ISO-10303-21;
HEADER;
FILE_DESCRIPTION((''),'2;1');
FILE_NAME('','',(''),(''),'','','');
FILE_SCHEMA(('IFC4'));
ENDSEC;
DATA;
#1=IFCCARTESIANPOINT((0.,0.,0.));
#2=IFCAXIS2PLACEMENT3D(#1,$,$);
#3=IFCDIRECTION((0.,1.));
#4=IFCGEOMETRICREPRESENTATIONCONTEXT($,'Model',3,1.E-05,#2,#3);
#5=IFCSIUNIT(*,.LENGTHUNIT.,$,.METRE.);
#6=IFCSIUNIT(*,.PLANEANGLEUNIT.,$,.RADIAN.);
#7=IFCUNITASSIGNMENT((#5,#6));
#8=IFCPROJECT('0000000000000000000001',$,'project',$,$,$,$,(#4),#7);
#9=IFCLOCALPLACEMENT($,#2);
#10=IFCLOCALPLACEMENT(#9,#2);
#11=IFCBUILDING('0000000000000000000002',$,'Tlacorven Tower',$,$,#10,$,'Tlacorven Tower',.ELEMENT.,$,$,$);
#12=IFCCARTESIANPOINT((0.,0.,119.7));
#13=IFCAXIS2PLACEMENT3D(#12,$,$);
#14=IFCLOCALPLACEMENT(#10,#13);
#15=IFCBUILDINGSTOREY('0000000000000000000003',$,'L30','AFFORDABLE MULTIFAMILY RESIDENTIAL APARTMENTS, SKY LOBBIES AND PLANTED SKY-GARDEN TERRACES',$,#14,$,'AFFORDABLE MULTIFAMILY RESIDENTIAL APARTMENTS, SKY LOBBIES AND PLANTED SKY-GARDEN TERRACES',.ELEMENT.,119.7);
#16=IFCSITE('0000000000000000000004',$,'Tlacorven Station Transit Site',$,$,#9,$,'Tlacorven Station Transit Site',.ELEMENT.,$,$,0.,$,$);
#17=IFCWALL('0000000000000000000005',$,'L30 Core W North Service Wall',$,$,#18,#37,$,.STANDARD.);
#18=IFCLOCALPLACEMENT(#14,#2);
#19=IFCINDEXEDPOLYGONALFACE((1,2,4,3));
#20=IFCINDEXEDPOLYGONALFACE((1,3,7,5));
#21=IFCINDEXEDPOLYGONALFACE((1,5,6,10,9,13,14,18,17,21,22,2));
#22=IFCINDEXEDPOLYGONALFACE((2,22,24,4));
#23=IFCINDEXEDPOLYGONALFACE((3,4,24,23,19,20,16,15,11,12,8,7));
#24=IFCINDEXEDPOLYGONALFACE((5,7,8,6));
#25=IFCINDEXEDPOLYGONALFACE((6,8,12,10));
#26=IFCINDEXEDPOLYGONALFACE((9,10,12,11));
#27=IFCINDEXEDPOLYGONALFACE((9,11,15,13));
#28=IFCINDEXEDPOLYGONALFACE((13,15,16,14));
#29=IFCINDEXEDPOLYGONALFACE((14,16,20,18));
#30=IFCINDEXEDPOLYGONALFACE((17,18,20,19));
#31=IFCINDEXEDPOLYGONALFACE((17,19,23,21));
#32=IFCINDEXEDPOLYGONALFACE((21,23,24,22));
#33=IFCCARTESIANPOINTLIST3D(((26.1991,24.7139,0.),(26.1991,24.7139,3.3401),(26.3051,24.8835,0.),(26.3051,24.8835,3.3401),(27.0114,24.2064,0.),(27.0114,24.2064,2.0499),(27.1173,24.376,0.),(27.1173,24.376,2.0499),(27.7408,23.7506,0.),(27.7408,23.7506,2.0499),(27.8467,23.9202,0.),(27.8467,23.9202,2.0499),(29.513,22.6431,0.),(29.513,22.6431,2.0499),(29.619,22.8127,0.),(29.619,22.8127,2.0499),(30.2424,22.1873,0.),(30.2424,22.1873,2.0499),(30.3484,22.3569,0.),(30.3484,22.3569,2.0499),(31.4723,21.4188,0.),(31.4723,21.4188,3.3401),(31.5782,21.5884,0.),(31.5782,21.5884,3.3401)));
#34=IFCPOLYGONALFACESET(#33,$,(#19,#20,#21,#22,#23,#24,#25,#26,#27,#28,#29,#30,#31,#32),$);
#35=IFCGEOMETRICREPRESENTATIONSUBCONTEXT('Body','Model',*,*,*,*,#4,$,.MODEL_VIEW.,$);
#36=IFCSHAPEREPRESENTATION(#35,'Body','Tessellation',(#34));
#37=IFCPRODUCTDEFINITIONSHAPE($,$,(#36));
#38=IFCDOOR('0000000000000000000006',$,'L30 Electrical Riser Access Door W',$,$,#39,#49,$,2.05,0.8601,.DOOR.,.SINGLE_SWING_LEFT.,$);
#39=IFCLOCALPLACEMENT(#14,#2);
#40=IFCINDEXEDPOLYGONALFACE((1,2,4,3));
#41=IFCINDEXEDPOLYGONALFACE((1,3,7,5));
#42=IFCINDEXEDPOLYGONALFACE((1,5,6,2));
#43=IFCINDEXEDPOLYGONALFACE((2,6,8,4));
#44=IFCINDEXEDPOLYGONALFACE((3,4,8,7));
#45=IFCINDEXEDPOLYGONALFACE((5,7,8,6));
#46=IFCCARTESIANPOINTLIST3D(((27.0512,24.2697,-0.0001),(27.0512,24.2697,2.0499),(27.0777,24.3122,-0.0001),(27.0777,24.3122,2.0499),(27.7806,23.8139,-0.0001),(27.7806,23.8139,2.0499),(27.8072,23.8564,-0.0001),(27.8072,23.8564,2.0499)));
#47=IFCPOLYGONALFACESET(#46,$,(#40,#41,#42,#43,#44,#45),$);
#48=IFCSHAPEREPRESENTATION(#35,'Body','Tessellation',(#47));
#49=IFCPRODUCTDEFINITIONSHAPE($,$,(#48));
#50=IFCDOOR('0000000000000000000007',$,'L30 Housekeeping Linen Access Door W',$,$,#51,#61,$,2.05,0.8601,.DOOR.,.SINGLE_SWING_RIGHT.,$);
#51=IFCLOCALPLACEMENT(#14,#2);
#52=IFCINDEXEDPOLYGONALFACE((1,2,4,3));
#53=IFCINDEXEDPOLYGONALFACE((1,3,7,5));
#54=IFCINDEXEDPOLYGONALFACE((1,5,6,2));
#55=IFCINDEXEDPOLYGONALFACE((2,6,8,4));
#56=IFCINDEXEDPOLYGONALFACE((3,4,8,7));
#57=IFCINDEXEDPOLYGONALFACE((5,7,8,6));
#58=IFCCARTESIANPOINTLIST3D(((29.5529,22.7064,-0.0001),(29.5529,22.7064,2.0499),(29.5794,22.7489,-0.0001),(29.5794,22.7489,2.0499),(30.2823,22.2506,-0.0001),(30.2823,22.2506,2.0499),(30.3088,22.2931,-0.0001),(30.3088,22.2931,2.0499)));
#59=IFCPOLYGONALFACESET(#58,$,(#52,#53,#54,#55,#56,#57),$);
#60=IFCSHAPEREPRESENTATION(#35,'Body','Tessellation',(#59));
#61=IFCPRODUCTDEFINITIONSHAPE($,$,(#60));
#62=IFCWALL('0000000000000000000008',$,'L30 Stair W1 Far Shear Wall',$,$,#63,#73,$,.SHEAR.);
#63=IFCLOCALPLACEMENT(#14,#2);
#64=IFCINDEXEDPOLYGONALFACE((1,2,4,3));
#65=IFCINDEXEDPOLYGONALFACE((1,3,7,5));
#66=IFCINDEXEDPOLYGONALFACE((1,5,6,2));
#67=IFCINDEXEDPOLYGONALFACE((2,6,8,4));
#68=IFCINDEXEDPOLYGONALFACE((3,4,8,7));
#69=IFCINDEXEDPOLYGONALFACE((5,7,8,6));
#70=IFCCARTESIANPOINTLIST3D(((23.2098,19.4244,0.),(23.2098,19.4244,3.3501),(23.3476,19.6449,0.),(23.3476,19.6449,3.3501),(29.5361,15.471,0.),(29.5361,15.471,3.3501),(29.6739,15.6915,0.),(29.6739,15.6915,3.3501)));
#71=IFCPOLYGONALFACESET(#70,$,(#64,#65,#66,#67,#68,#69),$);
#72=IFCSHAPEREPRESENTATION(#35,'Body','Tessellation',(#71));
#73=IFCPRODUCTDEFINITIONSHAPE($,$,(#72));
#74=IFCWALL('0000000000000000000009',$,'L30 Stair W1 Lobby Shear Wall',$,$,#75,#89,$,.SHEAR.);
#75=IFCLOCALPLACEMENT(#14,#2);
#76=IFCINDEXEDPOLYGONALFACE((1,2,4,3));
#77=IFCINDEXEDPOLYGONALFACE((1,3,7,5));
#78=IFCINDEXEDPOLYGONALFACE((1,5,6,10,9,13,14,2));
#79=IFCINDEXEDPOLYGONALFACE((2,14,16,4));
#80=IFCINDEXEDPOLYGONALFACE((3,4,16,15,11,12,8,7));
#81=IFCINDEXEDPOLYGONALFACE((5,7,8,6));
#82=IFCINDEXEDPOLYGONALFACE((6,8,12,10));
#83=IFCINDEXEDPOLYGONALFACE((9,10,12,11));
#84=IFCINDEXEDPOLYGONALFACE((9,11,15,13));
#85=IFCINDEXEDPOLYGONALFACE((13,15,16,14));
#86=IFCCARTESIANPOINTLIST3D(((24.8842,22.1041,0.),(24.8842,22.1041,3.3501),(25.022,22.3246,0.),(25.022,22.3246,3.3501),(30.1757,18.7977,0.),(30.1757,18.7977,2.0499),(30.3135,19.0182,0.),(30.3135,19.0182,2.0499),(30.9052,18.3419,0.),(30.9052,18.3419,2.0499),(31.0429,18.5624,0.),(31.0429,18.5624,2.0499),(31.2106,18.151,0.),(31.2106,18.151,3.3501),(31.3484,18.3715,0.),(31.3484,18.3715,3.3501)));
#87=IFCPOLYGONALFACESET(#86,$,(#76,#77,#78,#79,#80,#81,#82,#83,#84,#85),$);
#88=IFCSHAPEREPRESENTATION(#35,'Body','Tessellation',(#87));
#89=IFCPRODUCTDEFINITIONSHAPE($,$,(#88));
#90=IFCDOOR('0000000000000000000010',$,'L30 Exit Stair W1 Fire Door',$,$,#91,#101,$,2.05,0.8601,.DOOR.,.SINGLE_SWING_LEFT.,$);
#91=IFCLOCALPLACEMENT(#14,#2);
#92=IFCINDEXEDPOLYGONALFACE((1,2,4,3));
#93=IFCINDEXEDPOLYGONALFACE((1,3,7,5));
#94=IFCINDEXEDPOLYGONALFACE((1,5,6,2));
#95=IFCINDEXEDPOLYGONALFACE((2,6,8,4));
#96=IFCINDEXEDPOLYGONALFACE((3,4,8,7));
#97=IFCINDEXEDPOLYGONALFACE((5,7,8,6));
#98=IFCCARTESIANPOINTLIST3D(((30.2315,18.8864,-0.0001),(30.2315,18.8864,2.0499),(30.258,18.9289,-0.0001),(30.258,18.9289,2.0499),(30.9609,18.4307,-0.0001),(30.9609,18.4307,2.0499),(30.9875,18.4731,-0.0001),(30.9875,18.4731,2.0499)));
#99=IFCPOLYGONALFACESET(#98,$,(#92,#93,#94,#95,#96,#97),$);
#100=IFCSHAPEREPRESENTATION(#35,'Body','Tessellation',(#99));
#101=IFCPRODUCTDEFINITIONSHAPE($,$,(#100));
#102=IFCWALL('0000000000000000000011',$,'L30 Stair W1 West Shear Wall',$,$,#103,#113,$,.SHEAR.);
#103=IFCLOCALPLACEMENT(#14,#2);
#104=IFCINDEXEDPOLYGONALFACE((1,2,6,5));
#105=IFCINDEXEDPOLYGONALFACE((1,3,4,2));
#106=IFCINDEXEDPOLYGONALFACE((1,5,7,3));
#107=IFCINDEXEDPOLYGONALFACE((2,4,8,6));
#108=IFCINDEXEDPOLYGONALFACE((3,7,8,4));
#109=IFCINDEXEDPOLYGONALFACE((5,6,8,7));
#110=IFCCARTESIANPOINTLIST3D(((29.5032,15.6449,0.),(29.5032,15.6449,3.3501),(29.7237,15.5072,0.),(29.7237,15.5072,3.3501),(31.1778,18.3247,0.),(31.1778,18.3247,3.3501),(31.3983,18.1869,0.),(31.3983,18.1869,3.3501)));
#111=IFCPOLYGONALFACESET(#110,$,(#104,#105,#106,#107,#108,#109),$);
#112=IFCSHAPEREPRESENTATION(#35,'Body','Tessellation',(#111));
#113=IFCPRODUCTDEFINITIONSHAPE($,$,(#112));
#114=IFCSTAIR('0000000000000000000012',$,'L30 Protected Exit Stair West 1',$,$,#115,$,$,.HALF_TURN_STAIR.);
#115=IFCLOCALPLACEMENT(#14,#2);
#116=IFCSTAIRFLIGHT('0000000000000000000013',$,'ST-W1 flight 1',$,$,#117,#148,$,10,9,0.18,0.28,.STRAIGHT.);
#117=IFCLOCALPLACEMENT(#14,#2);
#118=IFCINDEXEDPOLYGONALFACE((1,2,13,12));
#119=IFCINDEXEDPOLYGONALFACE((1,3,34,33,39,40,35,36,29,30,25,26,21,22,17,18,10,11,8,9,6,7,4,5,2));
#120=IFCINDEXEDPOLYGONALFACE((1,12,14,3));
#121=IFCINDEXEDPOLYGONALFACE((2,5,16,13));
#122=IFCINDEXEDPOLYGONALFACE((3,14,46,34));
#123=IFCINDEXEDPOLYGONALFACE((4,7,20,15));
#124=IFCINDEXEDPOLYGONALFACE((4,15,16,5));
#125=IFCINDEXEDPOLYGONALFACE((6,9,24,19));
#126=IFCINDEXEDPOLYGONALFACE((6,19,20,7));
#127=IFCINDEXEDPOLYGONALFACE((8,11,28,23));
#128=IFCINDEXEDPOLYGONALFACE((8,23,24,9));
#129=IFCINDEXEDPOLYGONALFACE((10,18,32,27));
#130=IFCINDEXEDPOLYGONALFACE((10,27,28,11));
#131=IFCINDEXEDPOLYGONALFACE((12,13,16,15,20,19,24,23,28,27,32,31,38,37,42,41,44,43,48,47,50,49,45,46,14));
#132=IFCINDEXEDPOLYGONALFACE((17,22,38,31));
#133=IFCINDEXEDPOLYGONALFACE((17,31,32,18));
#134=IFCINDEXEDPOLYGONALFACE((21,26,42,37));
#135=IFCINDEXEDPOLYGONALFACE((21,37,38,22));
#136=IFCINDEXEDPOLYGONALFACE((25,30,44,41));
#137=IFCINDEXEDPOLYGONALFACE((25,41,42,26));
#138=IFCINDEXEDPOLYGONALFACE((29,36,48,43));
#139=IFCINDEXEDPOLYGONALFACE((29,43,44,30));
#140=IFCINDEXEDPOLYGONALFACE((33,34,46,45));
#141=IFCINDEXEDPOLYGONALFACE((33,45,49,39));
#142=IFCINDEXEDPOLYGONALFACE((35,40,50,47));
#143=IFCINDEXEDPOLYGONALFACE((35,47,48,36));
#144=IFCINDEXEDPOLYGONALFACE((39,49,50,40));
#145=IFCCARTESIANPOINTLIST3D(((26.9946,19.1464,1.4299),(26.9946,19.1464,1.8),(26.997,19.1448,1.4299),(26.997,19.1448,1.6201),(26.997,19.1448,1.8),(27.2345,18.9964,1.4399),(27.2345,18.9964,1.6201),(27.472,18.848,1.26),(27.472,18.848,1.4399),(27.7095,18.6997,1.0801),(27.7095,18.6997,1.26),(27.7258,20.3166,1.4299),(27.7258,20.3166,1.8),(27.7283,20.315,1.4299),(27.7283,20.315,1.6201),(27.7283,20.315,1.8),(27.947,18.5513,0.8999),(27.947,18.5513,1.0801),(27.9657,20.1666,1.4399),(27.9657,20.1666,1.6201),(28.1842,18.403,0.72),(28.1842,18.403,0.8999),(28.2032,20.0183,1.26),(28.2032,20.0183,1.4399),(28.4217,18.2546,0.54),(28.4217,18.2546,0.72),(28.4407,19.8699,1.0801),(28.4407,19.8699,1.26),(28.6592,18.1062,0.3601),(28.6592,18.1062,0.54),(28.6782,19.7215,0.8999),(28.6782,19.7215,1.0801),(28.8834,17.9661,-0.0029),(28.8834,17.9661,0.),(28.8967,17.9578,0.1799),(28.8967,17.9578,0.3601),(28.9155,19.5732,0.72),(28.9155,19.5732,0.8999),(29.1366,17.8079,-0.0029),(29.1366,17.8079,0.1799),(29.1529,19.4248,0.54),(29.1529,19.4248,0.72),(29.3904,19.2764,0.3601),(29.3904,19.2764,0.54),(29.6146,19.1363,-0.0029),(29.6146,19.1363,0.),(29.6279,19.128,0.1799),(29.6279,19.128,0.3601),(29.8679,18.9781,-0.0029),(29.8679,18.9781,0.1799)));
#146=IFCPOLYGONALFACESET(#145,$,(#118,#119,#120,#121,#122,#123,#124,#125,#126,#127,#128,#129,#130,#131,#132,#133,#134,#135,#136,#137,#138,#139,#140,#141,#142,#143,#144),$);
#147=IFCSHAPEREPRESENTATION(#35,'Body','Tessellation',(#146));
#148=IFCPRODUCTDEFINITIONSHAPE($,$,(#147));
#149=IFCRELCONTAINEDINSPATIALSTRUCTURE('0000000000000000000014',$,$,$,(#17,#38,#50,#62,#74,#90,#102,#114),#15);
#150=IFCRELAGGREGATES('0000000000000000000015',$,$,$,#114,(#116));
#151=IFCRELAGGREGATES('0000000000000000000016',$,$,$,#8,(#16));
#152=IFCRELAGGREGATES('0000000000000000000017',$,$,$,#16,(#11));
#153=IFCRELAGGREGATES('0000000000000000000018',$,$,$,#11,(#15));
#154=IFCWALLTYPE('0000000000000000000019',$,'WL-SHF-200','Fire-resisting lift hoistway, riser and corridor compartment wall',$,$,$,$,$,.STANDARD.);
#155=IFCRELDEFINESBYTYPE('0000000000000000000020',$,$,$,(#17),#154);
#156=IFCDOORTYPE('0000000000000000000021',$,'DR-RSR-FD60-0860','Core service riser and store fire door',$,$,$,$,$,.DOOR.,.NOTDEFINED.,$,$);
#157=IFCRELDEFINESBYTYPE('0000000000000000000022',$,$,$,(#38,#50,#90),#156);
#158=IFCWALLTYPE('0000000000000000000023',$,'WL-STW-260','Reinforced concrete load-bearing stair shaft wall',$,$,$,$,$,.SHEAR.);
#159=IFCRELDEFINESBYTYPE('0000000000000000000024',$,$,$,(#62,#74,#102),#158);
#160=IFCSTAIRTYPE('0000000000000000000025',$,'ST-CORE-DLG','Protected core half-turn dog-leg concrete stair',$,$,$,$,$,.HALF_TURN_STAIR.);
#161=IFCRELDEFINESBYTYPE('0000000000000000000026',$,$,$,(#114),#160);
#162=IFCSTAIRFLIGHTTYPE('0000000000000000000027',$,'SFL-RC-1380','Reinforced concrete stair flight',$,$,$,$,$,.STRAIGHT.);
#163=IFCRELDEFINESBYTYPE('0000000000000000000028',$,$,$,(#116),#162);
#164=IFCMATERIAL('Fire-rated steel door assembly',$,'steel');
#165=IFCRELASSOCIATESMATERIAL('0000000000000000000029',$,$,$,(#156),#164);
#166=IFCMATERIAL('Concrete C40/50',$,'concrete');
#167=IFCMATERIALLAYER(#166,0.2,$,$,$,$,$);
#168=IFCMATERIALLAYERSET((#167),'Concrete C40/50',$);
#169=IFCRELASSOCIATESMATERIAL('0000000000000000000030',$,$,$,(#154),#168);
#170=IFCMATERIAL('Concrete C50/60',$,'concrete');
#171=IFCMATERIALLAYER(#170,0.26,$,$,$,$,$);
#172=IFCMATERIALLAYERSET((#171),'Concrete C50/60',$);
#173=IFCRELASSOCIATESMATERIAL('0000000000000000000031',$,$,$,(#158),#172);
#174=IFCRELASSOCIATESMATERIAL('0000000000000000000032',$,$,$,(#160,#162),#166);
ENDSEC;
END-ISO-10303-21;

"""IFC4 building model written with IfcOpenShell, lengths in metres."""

from ifc_helpers import new_model, si_unit, direction, frame, frame_2d, origin, place, context, subcontext, project, spatial, polyline, rectangle, outline, extrude, source, transform, mapped, material, layer, layer_set, type_object, element, fill, aggregate, save


model = new_model("IFC4")

# Units and contexts
model_context = context("Model", 3, precision=1e-05, world=origin(), true_north=direction((0.0, 1.0)))
body_context = subcontext(model_context, "Body", "Model", "MODEL_VIEW")
ifc_project = project(units=[si_unit("LENGTHUNIT", "METRE"), si_unit("PLANEANGLEUNIT", "RADIAN")], contexts=[model_context])

# Site, building, storey
site_placement = place(None, origin())
site = spatial("IfcSite", under=ifc_project, at=site_placement, Name="Tlacorven Station Transit Site", LongName="Tlacorven Station Transit Site", CompositionType="ELEMENT", RefElevation=0.0)
building_placement = place(site_placement, origin())
building = spatial("IfcBuilding", under=site, at=building_placement, Name="Tlacorven Tower", LongName="Tlacorven Tower", CompositionType="ELEMENT")
storey_placement = place(building_placement, frame((0.0, 0.0, 119.7)))
storey = spatial("IfcBuildingStorey", under=building, at=storey_placement, Name="L30", Description="AFFORDABLE MULTIFAMILY RESIDENTIAL APARTMENTS, SKY LOBBIES AND PLANTED SKY-GARDEN TERRACES", LongName="AFFORDABLE MULTIFAMILY RESIDENTIAL APARTMENTS, SKY LOBBIES AND PLANTED SKY-GARDEN TERRACES", CompositionType="ELEMENT", Elevation=119.7)

# Shared definitions
ifc_material_1 = material(Name="Fire-rated steel door assembly", Category="steel")
door_type = type_object("IfcDoorType", Name="DR-RSR-FD60-0860", Description="Core service riser and store fire door", OperationType="NOTDEFINED", PredefinedType="DOOR", material=ifc_material_1)
shared_shape_1 = source(origin(), body_context, "Body", "SweptSolid", [
    extrude(rectangle(XDim=0.8601, YDim=2.05, at=frame_2d((0.4302, 1.0249))), frame((0.0, 0.0249, 0.0), z_axis=(0.0, -1.0, 0.0), x_axis=(1.0, 0.0, 0.0)), (0.0, 0.0, 1.0), 0.05),
])

# Shared definitions
ifc_material_2 = material(Name="Concrete C40/50", Category="concrete")
ifc_layer_1 = layer(ifc_material_2, 0.2)
ifc_layer_set_1 = layer_set([ifc_layer_1], Name="Concrete C40/50")
wall_type_1 = type_object("IfcWallType", Name="WL-SHF-200", Description="Fire-resisting lift hoistway, riser and corridor compartment wall", PredefinedType="STANDARD", material=ifc_layer_set_1)

# Wall, openings, doors
wall_1_placement = place(storey_placement, frame((31.5251, 21.5037, 0.0), z_axis=(0.0, 0.0, 1.0), x_axis=(-0.84804, 0.529932, 0.0)))
wall_1 = element("IfcWall", 1, at=wall_1_placement, inside=storey, type_object=wall_type_1, Name="L30 Core W North Service Wall", PredefinedType="STANDARD", context=body_context, shape_type="SweptSolid", body=[
    extrude(rectangle(XDim=6.218, YDim=0.2, at=frame_2d((3.1089, 0.0))), origin(), (0.0, 0.0, 1.0), 3.3401),
])
opening_1_placement = place(wall_1_placement, frame((4.3999, 0.0, 0.0)))
opening_1 = element("IfcOpeningElement", 2, at=opening_1_placement, cuts=wall_1, PredefinedType="OPENING", context=body_context, shape_type="SweptSolid", body=[
    extrude(rectangle(XDim=0.8601, YDim=2.05, at=frame_2d((0.4302, 1.0249))), frame((0.0, 0.1099, 0.0), z_axis=(0.0, -1.0, 0.0), x_axis=(1.0, 0.0, 0.0)), (0.0, 0.0, 1.0), 0.22),
])
opening_2_placement = place(wall_1_placement, frame((1.45, 0.0, 0.0)))
opening_2 = element("IfcOpeningElement", 3, at=opening_2_placement, cuts=wall_1, PredefinedType="OPENING", context=body_context, shape_type="SweptSolid", body=[
    extrude(rectangle(XDim=0.8601, YDim=2.05, at=frame_2d((0.4302, 1.0249))), frame((0.0, 0.1099, 0.0), z_axis=(0.0, -1.0, 0.0), x_axis=(1.0, 0.0, 0.0)), (0.0, 0.0, 1.0), 0.22),
])
door_1_placement = place(opening_1_placement, frame((0.8601, 0.0, 0.0), z_axis=(0.0, 0.0, 1.0), x_axis=(-1.0, 0.0, 0.0)))
door_1 = element("IfcDoor", 4, at=door_1_placement, inside=storey, type_object=door_type, Name="L30 Electrical Riser Access Door W", OperationType="SINGLE_SWING_LEFT", OverallHeight=2.05, OverallWidth=0.8601, PredefinedType="DOOR", context=body_context, shape_type="MappedRepresentation", body=[
    mapped(shared_shape_1, transform((0.0, 0.0, 0.0), scale=1.0)),
])
fill(opening_1, door_1)
door_2_placement = place(opening_2_placement, frame((0.8601, 0.0, 0.0), z_axis=(0.0, 0.0, 1.0), x_axis=(-1.0, 0.0, 0.0)))
door_2 = element("IfcDoor", 5, at=door_2_placement, inside=storey, type_object=door_type, Name="L30 Housekeeping Linen Access Door W", OperationType="SINGLE_SWING_RIGHT", OverallHeight=2.05, OverallWidth=0.8601, PredefinedType="DOOR", context=body_context, shape_type="MappedRepresentation", body=[
    mapped(shared_shape_1, transform((0.0, 0.0, 0.0), scale=1.0)),
])
fill(opening_2, door_2)

# Wall
ifc_material_3 = material(Name="Concrete C50/60", Category="concrete")
ifc_layer_2 = layer(ifc_material_3, 0.26)
ifc_layer_set_2 = layer_set([ifc_layer_2], Name="Concrete C50/60")
wall_type_2 = type_object("IfcWallType", Name="WL-STW-260", Description="Reinforced concrete load-bearing stair shaft wall", PredefinedType="SHEAR", material=ifc_layer_set_2)
wall_2_placement = place(storey_placement, frame((29.605, 15.5813, 0.0), z_axis=(0.0, 0.0, 1.0), x_axis=(-0.848037, 0.529937, 0.0)))
element("IfcWall", 6, at=wall_2_placement, inside=storey, type_object=wall_type_2, Name="L30 Stair W1 Far Shear Wall", PredefinedType="SHEAR", context=body_context, shape_type="SweptSolid", body=[
    extrude(rectangle(XDim=7.46, YDim=0.26, at=frame_2d((3.73, 0.0))), origin(), (0.0, 0.0, 1.0), 3.3501),
])

# Wall, opening, door
wall_3_placement = place(storey_placement, frame((31.2795, 18.2612, 0.0), z_axis=(0.0, 0.0, 1.0), x_axis=(-0.848052, 0.529914, 0.0)))
wall_3 = element("IfcWall", 7, at=wall_3_placement, inside=storey, type_object=wall_type_2, Name="L30 Stair W1 Lobby Shear Wall", PredefinedType="SHEAR", context=body_context, shape_type="SweptSolid", body=[
    extrude(rectangle(XDim=7.46, YDim=0.26, at=frame_2d((3.73, 0.0))), origin(), (0.0, 0.0, 1.0), 3.3501),
])
opening_3_placement = place(wall_3_placement, frame((0.3601, 0.0, 0.0)))
opening_3 = element("IfcOpeningElement", 8, at=opening_3_placement, cuts=wall_3, PredefinedType="OPENING", context=body_context, shape_type="SweptSolid", body=[
    extrude(rectangle(XDim=0.8601, YDim=2.05, at=frame_2d((0.4302, 1.0249))), frame((0.0, 0.1401, 0.0), z_axis=(0.0, -1.0, 0.0), x_axis=(1.0, 0.0, 0.0)), (0.0, 0.0, 1.0), 0.28),
])
door_3_placement = place(opening_3_placement, frame((0.8601, 0.0, 0.0), z_axis=(0.0, 0.0, 1.0), x_axis=(-1.0, 0.0, 0.0)))
door_3 = element("IfcDoor", 9, at=door_3_placement, inside=storey, type_object=door_type, Name="L30 Exit Stair W1 Fire Door", OperationType="SINGLE_SWING_LEFT", OverallHeight=2.05, OverallWidth=0.8601, PredefinedType="DOOR", context=body_context, shape_type="MappedRepresentation", body=[
    mapped(shared_shape_1, transform((0.0, 0.0, 0.0), scale=1.0)),
])
fill(opening_3, door_3)

# Wall
wall_4_placement = place(storey_placement, frame((31.2881, 18.2559, 0.0), z_axis=(0.0, 0.0, 1.0), x_axis=(-0.529943, -0.848033, 0.0)))
element("IfcWall", 10, at=wall_4_placement, inside=storey, type_object=wall_type_2, Name="L30 Stair W1 West Shear Wall", PredefinedType="SHEAR", context=body_context, shape_type="SweptSolid", body=[
    extrude(rectangle(XDim=3.1599, YDim=0.26, at=frame_2d((1.5801, 0.0))), origin(), (0.0, 0.0, 1.0), 3.3501),
])

# Stair, stair flight
stair_type = type_object("IfcStairType", Name="ST-CORE-DLG", Description="Protected core half-turn dog-leg concrete stair", PredefinedType="HALF_TURN_STAIR", material=ifc_material_2)
stair_placement = place(storey_placement, origin())
stair = element("IfcStair", 11, at=stair_placement, inside=storey, type_object=stair_type, Name="L30 Protected Exit Stair West 1", PredefinedType="HALF_TURN_STAIR")
stair_flight_type = type_object("IfcStairFlightType", Name="SFL-RC-1380", Description="Reinforced concrete stair flight", PredefinedType="STRAIGHT", material=ifc_material_2)
shared_shape_2 = source(origin(), body_context, "Body", "SweptSolid", [
    extrude(outline(polyline([(-0.0029, -0.0029), (-0.0029, 0.1799), (0.28, 0.1799), (0.28, 0.3601), (0.5601, 0.3601), (0.5601, 0.54), (0.8401, 0.54), (0.8401, 0.72), (1.1201, 0.72), (1.1201, 0.8999), (1.3999, 0.8999), (1.3999, 1.0801), (1.6799, 1.0801), (1.6799, 1.26), (1.96, 1.26), (1.96, 1.4399), (2.24, 1.4399), (2.24, 1.6201), (2.52, 1.6201), (2.52, 1.8), (2.5229, 1.8), (2.5229, 1.4299), (2.52, 1.4299), (0.2957, 0.0), (0.2957, -0.0029), (-0.0029, -0.0029)])), frame((0.0, 0.6899, 0.0), z_axis=(0.0, -1.0, 0.0), x_axis=(1.0, 0.0, 0.0)), (0.0, 0.0, 1.0), 1.3799),
])
stair_flight_1_placement = place(storey_placement, frame((29.4998, 18.3945, 0.0), z_axis=(0.0, 0.0, 1.0), x_axis=(-0.848048, 0.529919, 0.0)))
stair_flight_1 = element("IfcStairFlight", 12, at=stair_flight_1_placement, type_object=stair_flight_type, Name="ST-W1 flight 1", NumberOfRisers=10, NumberOfTreads=9, PredefinedType="STRAIGHT", RiserHeight=0.18, TreadLength=0.28, context=body_context, shape_type="MappedRepresentation", body=[
    mapped(shared_shape_2, transform((0.0, 0.0, 0.0), scale=1.0)),
])
aggregate(stair, [stair_flight_1])

save(model, "model.ifc")
